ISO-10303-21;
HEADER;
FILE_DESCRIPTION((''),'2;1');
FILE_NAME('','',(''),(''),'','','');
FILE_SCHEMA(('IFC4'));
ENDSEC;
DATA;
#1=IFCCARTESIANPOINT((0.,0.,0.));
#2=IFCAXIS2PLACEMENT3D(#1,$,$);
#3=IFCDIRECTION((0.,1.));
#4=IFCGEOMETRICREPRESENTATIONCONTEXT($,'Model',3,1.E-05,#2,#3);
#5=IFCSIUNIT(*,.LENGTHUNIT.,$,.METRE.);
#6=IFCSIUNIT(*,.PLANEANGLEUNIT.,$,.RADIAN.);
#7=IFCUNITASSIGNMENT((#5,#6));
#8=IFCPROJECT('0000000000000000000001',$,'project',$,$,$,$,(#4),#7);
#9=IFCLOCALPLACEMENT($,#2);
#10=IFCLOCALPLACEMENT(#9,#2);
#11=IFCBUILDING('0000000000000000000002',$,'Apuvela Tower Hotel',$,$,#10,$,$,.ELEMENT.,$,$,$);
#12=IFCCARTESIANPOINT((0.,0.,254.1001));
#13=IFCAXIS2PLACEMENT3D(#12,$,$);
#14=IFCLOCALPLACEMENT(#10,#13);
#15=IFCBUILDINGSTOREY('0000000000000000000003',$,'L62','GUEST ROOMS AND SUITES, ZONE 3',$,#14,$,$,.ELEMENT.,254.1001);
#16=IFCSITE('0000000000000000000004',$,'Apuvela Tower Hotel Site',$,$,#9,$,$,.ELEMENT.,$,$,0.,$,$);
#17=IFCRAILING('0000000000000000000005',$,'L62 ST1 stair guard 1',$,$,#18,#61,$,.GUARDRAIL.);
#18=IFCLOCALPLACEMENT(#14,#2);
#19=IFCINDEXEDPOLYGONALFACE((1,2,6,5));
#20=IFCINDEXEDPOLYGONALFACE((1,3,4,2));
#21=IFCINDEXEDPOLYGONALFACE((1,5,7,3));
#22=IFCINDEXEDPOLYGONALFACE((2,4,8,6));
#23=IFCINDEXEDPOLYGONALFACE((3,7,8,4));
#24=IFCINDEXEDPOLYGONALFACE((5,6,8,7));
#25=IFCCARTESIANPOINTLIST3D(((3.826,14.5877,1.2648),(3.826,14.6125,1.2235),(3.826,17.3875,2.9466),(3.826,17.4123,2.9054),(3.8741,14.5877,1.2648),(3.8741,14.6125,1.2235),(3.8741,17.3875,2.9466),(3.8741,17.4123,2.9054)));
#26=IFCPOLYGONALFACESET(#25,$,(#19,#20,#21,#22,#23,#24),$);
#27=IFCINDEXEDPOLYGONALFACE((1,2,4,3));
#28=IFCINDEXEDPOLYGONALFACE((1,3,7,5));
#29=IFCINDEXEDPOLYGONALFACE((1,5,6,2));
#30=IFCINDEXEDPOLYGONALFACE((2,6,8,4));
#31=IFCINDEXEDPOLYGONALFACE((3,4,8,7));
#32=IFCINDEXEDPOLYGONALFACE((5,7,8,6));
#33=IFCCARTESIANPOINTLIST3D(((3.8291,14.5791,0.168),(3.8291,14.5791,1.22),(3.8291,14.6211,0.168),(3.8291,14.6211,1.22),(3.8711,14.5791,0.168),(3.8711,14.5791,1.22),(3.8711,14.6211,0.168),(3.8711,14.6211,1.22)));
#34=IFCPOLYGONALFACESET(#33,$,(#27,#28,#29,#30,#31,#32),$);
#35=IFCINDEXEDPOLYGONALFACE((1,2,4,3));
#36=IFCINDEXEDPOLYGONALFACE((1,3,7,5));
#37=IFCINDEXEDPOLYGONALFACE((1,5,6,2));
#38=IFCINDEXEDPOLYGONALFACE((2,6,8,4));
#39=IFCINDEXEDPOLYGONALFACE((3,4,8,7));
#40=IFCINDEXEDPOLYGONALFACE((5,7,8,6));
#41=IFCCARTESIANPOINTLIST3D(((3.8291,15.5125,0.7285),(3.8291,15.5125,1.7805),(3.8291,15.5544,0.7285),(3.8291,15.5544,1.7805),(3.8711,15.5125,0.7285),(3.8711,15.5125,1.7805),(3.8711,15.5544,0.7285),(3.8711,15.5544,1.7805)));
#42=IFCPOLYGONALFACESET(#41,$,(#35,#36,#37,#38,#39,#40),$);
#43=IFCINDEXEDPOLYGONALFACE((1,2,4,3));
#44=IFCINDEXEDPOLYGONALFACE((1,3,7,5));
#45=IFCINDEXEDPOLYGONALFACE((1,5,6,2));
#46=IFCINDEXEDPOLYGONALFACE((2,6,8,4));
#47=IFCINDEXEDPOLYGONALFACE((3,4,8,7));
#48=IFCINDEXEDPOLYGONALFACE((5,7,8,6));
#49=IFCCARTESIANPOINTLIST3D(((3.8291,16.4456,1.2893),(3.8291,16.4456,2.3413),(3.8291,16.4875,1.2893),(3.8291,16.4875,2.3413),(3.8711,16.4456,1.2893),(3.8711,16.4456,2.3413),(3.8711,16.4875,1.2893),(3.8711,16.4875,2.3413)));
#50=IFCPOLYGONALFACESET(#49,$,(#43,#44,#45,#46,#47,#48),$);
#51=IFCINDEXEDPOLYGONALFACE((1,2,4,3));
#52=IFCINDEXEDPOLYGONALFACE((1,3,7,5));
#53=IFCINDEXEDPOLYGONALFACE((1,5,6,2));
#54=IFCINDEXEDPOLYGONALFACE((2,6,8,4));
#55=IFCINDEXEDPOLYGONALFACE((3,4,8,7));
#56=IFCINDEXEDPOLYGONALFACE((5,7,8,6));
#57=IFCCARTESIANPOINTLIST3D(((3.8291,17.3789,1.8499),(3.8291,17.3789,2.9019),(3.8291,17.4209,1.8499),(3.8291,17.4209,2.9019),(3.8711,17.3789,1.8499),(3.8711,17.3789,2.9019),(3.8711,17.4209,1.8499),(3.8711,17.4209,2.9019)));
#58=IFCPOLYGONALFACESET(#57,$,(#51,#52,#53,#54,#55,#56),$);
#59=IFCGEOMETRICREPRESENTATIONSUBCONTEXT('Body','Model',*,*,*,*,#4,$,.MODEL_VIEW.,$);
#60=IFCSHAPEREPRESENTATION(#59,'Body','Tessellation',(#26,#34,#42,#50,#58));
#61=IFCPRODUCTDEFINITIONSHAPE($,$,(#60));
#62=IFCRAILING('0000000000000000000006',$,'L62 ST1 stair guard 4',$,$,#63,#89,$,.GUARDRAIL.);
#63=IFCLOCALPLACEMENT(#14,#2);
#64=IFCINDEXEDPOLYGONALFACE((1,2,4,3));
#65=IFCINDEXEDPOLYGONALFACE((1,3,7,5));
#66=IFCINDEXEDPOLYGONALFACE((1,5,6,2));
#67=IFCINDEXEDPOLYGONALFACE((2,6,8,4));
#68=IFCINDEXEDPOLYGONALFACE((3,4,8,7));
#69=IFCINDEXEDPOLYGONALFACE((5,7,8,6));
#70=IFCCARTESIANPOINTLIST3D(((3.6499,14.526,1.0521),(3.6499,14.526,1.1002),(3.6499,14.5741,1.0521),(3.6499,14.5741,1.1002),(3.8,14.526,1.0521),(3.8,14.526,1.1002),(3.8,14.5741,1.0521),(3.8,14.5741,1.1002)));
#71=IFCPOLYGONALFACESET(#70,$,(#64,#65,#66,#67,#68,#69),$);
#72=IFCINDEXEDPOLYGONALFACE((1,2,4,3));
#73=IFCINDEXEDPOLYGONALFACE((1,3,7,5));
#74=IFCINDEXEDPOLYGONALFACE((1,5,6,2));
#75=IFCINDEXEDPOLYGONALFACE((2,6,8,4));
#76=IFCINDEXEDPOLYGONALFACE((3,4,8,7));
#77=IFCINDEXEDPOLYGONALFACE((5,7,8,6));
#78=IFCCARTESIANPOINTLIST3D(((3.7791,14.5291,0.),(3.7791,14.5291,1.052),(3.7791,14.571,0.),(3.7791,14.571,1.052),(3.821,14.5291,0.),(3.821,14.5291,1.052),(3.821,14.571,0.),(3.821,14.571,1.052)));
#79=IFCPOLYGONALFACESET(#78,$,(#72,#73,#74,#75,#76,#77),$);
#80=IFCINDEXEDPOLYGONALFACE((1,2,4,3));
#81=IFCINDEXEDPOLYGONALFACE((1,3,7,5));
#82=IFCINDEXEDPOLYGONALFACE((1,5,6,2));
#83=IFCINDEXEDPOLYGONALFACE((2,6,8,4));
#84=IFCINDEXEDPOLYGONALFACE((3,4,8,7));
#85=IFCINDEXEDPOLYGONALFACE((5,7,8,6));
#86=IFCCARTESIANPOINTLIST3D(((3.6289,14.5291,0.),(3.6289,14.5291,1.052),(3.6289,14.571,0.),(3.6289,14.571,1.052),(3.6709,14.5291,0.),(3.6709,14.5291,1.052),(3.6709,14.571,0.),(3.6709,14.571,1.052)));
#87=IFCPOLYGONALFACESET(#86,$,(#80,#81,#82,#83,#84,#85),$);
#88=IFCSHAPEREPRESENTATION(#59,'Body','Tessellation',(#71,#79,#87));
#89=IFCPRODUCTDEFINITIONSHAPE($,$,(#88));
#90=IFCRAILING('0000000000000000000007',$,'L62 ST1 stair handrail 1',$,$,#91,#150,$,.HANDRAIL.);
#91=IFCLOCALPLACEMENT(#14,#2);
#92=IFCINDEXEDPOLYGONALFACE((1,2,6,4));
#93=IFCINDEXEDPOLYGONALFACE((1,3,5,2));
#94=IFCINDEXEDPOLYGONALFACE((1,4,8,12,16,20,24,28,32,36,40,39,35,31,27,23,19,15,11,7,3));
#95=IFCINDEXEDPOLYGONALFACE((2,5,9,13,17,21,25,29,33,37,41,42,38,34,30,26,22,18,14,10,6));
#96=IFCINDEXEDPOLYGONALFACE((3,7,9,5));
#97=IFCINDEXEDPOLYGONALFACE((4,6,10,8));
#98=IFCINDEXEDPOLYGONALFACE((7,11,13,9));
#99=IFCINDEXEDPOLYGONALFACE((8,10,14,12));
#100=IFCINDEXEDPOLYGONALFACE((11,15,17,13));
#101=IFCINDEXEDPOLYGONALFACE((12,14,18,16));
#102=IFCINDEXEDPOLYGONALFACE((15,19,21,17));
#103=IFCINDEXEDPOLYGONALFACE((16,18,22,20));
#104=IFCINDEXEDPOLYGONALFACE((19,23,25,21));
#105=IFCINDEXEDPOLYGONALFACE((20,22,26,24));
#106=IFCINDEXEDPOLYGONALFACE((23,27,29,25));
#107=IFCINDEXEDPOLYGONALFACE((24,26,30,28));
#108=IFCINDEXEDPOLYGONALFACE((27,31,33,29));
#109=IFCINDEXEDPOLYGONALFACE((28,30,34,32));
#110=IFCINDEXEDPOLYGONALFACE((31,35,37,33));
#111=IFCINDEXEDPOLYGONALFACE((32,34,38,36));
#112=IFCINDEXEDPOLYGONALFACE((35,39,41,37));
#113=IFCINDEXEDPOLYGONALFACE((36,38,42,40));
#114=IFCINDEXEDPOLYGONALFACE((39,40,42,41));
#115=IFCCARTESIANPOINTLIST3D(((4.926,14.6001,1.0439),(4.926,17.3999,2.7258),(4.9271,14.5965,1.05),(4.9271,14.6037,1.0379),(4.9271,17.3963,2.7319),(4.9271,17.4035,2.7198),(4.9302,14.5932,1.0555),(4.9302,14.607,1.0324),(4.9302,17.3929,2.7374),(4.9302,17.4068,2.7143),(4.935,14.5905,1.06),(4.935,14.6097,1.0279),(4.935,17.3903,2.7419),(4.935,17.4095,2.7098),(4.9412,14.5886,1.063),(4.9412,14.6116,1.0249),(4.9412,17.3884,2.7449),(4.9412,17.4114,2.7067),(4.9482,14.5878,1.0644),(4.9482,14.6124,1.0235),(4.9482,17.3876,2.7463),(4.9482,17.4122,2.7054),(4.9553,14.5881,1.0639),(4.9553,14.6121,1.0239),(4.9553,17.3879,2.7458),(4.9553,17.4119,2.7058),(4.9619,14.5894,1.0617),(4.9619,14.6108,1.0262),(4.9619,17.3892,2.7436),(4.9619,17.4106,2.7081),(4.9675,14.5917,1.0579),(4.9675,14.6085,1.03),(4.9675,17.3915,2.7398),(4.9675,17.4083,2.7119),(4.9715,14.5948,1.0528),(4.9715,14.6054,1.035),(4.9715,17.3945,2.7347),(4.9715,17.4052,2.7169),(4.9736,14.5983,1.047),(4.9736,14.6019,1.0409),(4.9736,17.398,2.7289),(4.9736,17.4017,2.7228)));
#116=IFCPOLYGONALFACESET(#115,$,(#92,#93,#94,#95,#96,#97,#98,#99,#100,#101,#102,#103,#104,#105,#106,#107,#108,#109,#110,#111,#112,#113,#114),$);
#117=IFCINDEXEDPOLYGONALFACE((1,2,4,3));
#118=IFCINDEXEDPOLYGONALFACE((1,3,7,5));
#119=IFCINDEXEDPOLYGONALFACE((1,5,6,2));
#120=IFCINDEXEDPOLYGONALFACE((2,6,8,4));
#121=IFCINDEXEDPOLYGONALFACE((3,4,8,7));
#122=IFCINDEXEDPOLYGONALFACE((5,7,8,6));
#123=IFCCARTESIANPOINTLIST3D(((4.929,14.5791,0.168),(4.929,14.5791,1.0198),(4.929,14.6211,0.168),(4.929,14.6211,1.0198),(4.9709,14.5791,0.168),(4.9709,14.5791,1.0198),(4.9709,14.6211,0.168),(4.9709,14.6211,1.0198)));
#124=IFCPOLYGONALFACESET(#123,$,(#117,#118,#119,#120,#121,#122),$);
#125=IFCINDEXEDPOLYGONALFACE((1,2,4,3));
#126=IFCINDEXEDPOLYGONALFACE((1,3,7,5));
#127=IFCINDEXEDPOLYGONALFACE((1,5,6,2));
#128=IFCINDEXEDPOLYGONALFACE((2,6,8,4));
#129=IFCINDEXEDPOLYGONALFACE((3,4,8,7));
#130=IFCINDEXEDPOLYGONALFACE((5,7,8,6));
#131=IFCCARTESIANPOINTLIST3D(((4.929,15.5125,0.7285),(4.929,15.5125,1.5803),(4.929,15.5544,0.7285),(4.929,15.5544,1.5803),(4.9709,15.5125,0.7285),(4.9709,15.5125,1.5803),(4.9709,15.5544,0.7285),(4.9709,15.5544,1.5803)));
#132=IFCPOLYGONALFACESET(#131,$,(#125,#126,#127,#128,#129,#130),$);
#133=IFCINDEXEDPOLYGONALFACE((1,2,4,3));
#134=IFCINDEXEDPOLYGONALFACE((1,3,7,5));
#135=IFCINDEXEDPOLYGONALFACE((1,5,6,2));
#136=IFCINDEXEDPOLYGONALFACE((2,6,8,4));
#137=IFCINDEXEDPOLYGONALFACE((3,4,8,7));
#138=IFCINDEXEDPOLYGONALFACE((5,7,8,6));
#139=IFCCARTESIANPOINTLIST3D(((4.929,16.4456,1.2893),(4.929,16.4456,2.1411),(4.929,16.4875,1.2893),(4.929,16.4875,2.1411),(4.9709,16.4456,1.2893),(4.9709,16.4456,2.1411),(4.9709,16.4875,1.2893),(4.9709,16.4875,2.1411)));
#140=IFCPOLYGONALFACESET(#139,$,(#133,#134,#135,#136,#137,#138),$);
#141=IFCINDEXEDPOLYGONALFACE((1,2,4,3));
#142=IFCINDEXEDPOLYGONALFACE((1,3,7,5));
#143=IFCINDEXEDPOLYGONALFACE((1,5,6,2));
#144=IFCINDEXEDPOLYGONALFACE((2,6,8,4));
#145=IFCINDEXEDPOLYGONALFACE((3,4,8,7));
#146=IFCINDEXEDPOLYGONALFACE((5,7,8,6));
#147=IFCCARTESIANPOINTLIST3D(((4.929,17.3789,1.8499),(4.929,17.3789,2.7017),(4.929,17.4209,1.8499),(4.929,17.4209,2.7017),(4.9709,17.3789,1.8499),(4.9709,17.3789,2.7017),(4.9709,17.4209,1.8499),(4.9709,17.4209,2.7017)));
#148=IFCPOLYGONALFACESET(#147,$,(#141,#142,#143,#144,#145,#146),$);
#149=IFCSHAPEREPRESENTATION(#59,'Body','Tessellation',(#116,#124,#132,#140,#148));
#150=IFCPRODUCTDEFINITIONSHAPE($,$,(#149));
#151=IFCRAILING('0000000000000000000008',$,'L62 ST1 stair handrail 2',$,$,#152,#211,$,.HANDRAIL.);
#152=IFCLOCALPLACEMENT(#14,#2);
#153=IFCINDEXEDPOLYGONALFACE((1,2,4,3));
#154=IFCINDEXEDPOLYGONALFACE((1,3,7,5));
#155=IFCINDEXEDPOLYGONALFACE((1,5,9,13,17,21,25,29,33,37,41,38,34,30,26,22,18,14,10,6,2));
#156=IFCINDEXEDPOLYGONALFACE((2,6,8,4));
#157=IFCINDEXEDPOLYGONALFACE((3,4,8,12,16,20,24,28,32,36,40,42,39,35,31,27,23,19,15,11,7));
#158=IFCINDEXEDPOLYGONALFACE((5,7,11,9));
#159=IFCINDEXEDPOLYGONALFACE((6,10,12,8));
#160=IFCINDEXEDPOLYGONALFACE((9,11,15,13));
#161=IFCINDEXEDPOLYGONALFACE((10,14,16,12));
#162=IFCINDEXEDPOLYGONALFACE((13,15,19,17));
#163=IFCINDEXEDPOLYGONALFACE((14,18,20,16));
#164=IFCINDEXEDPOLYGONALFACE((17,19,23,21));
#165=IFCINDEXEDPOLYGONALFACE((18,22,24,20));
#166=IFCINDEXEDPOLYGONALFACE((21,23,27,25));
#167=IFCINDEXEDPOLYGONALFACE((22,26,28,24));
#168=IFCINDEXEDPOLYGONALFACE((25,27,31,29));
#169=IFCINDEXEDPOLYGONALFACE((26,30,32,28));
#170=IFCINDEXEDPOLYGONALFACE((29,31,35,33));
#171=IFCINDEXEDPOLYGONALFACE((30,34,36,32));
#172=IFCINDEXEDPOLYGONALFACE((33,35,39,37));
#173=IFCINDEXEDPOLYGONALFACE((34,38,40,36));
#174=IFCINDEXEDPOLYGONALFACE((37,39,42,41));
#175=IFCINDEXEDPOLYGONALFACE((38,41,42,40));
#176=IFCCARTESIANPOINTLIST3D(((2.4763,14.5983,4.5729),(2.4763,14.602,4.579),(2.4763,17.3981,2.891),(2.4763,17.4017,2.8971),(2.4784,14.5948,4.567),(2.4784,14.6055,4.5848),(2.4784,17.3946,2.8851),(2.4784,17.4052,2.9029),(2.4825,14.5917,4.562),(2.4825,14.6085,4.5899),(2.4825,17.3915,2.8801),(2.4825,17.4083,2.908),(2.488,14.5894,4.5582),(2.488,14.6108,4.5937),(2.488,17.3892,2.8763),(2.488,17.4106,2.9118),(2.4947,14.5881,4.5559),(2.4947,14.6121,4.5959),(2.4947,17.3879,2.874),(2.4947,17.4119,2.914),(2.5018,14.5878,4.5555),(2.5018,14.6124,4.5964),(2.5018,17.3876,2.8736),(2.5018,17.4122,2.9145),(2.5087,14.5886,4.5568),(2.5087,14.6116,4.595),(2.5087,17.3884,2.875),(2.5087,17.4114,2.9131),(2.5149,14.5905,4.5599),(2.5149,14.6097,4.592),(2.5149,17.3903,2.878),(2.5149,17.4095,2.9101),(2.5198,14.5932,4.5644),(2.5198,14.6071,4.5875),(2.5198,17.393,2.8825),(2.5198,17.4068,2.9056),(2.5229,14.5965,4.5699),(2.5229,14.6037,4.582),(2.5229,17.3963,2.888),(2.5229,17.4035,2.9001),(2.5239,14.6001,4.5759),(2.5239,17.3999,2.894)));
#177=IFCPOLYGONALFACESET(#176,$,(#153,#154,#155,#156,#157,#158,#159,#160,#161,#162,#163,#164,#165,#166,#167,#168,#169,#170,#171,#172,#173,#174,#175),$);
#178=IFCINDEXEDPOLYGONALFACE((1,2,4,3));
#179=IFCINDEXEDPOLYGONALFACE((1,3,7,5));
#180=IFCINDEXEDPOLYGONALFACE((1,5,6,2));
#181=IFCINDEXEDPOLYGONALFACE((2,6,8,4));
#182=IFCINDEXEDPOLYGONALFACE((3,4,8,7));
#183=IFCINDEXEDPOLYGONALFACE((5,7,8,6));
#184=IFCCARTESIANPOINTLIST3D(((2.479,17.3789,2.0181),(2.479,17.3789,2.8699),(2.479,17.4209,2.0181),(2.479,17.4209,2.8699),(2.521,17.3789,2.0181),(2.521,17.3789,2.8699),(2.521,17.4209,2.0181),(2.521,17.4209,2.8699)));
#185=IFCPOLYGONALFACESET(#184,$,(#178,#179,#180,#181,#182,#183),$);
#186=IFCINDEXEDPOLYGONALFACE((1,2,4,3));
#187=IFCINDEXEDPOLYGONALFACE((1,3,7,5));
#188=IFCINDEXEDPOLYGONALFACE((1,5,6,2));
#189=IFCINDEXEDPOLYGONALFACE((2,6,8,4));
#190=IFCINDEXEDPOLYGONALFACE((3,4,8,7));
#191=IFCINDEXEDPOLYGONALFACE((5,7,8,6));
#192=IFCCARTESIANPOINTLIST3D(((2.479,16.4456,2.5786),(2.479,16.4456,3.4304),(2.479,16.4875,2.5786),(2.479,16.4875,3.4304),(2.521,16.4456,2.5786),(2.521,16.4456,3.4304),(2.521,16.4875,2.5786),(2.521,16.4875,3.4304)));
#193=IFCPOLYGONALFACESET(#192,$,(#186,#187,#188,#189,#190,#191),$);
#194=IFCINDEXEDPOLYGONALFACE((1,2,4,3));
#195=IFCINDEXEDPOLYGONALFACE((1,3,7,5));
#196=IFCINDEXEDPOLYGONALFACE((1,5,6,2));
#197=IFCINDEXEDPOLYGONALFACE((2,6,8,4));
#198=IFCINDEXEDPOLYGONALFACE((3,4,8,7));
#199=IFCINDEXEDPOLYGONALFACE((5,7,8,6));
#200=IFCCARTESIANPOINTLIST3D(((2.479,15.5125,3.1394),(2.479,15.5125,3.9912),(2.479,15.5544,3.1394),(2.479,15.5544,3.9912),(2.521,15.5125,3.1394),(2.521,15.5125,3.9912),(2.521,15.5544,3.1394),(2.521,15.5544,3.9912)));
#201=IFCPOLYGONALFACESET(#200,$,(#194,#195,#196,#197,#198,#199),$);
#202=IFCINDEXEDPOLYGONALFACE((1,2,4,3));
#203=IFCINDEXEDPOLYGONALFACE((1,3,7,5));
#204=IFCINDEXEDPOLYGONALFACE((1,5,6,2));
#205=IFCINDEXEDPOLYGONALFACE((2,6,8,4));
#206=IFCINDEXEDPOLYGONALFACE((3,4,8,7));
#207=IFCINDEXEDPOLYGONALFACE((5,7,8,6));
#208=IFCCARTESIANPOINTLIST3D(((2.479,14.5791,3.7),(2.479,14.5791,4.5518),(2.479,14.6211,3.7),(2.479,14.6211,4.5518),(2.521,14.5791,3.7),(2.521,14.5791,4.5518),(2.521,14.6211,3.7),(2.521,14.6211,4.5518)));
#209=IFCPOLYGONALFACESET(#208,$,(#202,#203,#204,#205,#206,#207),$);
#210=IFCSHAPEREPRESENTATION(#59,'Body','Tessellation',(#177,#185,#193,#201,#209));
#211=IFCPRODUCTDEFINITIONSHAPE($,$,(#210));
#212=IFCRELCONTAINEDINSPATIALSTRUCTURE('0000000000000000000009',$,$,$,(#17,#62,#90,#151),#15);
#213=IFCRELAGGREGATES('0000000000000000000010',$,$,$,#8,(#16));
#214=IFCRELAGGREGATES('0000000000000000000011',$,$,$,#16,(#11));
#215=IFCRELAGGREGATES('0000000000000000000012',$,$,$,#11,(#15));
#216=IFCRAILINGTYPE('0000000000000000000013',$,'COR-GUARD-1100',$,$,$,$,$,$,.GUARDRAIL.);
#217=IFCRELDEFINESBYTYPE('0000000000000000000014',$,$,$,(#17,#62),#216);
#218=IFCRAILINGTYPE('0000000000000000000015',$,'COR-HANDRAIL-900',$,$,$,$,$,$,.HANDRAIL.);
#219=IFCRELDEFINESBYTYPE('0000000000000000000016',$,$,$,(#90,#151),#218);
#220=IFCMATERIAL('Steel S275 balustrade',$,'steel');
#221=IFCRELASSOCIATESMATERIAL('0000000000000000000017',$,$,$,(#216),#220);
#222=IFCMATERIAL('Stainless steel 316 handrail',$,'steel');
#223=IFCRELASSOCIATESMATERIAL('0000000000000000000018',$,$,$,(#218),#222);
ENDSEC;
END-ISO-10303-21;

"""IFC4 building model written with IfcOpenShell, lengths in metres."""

from ifc_helpers import new_model, si_unit, direction, frame, origin, origin_2d, place, context, subcontext, project, spatial, rectangle, circle, extrude, material, type_object, element, save


model = new_model("IFC4")

# Units and contexts
model_context = context("Model", 3, precision=1e-05, world=origin(), true_north=direction((0.0, 1.0)))
body_context = subcontext(model_context, "Body", "Model", "MODEL_VIEW")
ifc_project = project(units=[si_unit("LENGTHUNIT", "METRE"), si_unit("PLANEANGLEUNIT", "RADIAN")], contexts=[model_context])

# Site, building, storey
site_placement = place(None, origin())
site = spatial("IfcSite", under=ifc_project, at=site_placement, Name="Apuvela Tower Hotel Site", CompositionType="ELEMENT", RefElevation=0.0)
building_placement = place(site_placement, origin())
building = spatial("IfcBuilding", under=site, at=building_placement, Name="Apuvela Tower Hotel", CompositionType="ELEMENT")
storey_placement = place(building_placement, frame((0.0, 0.0, 254.1001)))
storey = spatial("IfcBuildingStorey", under=building, at=storey_placement, Name="L62", Description="GUEST ROOMS AND SUITES, ZONE 3", CompositionType="ELEMENT", Elevation=254.1001)

# Railings
ifc_material_1 = material(Name="Steel S275 balustrade", Category="steel")
railing_type_1 = type_object("IfcRailingType", Name="COR-GUARD-1100", PredefinedType="GUARDRAIL", material=ifc_material_1)
railing_1_placement = place(storey_placement, frame((3.8501, 14.6001, 0.168)))
element("IfcRailing", 1, at=railing_1_placement, inside=storey, type_object=railing_type_1, Name="L62 ST1 stair guard 1", PredefinedType="GUARDRAIL", context=body_context, shape_type="SweptSolid", body=[
    extrude(rectangle(XDim=0.0481, YDim=0.0481, at=origin_2d()), frame((0.0, 0.0, 1.0762), z_axis=(0.0, 0.857222, 0.514946), x_axis=(-1.0, 0.0, 0.0)), (0.0, 0.0, 1.0), 3.2661),
    extrude(rectangle(XDim=0.042, YDim=0.042, at=origin_2d()), origin(), (0.0, 0.0, 1.0), 1.052),
    extrude(rectangle(XDim=0.042, YDim=0.042, at=origin_2d()), frame((0.0, 0.9333, 0.5605)), (0.0, 0.0, 1.0), 1.052),
    extrude(rectangle(XDim=0.042, YDim=0.042, at=origin_2d()), frame((0.0, 1.8665, 1.1213)), (0.0, 0.0, 1.0), 1.052),
    extrude(rectangle(XDim=0.042, YDim=0.042, at=origin_2d()), frame((0.0, 2.7998, 1.6819)), (0.0, 0.0, 1.0), 1.052),
])
railing_2_placement = place(storey_placement, frame((3.8, 14.55, 0.0)))
element("IfcRailing", 2, at=railing_2_placement, inside=storey, type_object=railing_type_1, Name="L62 ST1 stair guard 4", PredefinedType="GUARDRAIL", context=body_context, shape_type="SweptSolid", body=[
    extrude(rectangle(XDim=0.0481, YDim=0.0481, at=origin_2d()), frame((0.0, 0.0, 1.0762), z_axis=(-1.0, 0.0, 0.0), x_axis=(0.0, -1.0, 0.0)), (0.0, 0.0, 1.0), 0.1501),
    extrude(rectangle(XDim=0.042, YDim=0.042, at=origin_2d()), origin(), (0.0, 0.0, 1.0), 1.052),
    extrude(rectangle(XDim=0.042, YDim=0.042, at=origin_2d()), frame((-0.1501, 0.0, 0.0)), (0.0, 0.0, 1.0), 1.052),
])
ifc_material_2 = material(Name="Stainless steel 316 handrail", Category="steel")
railing_type_2 = type_object("IfcRailingType", Name="COR-HANDRAIL-900", PredefinedType="HANDRAIL", material=ifc_material_2)
railing_3_placement = place(storey_placement, frame((4.95, 14.6001, 0.168)))
element("IfcRailing", 3, at=railing_3_placement, inside=storey, type_object=railing_type_2, Name="L62 ST1 stair handrail 1", PredefinedType="HANDRAIL", context=body_context, shape_type="SweptSolid", body=[
    extrude(circle(Radius=0.0239, at=origin_2d()), frame((0.0, 0.0, 0.876), z_axis=(0.0, 0.857222, 0.514946), x_axis=(-1.0, 0.0, 0.0)), (0.0, 0.0, 1.0), 3.2661),
    extrude(rectangle(XDim=0.042, YDim=0.042, at=origin_2d()), origin(), (0.0, 0.0, 1.0), 0.8518),
    extrude(rectangle(XDim=0.042, YDim=0.042, at=origin_2d()), frame((0.0, 0.9333, 0.5605)), (0.0, 0.0, 1.0), 0.8518),
    extrude(rectangle(XDim=0.042, YDim=0.042, at=origin_2d()), frame((0.0, 1.8665, 1.1213)), (0.0, 0.0, 1.0), 0.8518),
    extrude(rectangle(XDim=0.042, YDim=0.042, at=origin_2d()), frame((0.0, 2.7998, 1.6819)), (0.0, 0.0, 1.0), 0.8518),
])
railing_4_placement = place(storey_placement, frame((2.5, 17.3999, 2.0181)))
element("IfcRailing", 4, at=railing_4_placement, inside=storey, type_object=railing_type_2, Name="L62 ST1 stair handrail 2", PredefinedType="HANDRAIL", context=body_context, shape_type="SweptSolid", body=[
    extrude(circle(Radius=0.0239, at=origin_2d()), frame((0.0, 0.0, 0.876), z_axis=(0.0, -0.857222, 0.514946), x_axis=(1.0, 0.0, 0.0)), (0.0, 0.0, 1.0), 3.2661),
    extrude(rectangle(XDim=0.042, YDim=0.042, at=origin_2d()), origin(), (0.0, 0.0, 1.0), 0.8518),
    extrude(rectangle(XDim=0.042, YDim=0.042, at=origin_2d()), frame((0.0, -0.9333, 0.5605)), (0.0, 0.0, 1.0), 0.8518),
    extrude(rectangle(XDim=0.042, YDim=0.042, at=origin_2d()), frame((0.0, -1.8665, 1.1213)), (0.0, 0.0, 1.0), 0.8518),
    extrude(rectangle(XDim=0.042, YDim=0.042, at=origin_2d()), frame((0.0, -2.7998, 1.6819)), (0.0, 0.0, 1.0), 0.8518),
])

save(model, "model.ifc")
